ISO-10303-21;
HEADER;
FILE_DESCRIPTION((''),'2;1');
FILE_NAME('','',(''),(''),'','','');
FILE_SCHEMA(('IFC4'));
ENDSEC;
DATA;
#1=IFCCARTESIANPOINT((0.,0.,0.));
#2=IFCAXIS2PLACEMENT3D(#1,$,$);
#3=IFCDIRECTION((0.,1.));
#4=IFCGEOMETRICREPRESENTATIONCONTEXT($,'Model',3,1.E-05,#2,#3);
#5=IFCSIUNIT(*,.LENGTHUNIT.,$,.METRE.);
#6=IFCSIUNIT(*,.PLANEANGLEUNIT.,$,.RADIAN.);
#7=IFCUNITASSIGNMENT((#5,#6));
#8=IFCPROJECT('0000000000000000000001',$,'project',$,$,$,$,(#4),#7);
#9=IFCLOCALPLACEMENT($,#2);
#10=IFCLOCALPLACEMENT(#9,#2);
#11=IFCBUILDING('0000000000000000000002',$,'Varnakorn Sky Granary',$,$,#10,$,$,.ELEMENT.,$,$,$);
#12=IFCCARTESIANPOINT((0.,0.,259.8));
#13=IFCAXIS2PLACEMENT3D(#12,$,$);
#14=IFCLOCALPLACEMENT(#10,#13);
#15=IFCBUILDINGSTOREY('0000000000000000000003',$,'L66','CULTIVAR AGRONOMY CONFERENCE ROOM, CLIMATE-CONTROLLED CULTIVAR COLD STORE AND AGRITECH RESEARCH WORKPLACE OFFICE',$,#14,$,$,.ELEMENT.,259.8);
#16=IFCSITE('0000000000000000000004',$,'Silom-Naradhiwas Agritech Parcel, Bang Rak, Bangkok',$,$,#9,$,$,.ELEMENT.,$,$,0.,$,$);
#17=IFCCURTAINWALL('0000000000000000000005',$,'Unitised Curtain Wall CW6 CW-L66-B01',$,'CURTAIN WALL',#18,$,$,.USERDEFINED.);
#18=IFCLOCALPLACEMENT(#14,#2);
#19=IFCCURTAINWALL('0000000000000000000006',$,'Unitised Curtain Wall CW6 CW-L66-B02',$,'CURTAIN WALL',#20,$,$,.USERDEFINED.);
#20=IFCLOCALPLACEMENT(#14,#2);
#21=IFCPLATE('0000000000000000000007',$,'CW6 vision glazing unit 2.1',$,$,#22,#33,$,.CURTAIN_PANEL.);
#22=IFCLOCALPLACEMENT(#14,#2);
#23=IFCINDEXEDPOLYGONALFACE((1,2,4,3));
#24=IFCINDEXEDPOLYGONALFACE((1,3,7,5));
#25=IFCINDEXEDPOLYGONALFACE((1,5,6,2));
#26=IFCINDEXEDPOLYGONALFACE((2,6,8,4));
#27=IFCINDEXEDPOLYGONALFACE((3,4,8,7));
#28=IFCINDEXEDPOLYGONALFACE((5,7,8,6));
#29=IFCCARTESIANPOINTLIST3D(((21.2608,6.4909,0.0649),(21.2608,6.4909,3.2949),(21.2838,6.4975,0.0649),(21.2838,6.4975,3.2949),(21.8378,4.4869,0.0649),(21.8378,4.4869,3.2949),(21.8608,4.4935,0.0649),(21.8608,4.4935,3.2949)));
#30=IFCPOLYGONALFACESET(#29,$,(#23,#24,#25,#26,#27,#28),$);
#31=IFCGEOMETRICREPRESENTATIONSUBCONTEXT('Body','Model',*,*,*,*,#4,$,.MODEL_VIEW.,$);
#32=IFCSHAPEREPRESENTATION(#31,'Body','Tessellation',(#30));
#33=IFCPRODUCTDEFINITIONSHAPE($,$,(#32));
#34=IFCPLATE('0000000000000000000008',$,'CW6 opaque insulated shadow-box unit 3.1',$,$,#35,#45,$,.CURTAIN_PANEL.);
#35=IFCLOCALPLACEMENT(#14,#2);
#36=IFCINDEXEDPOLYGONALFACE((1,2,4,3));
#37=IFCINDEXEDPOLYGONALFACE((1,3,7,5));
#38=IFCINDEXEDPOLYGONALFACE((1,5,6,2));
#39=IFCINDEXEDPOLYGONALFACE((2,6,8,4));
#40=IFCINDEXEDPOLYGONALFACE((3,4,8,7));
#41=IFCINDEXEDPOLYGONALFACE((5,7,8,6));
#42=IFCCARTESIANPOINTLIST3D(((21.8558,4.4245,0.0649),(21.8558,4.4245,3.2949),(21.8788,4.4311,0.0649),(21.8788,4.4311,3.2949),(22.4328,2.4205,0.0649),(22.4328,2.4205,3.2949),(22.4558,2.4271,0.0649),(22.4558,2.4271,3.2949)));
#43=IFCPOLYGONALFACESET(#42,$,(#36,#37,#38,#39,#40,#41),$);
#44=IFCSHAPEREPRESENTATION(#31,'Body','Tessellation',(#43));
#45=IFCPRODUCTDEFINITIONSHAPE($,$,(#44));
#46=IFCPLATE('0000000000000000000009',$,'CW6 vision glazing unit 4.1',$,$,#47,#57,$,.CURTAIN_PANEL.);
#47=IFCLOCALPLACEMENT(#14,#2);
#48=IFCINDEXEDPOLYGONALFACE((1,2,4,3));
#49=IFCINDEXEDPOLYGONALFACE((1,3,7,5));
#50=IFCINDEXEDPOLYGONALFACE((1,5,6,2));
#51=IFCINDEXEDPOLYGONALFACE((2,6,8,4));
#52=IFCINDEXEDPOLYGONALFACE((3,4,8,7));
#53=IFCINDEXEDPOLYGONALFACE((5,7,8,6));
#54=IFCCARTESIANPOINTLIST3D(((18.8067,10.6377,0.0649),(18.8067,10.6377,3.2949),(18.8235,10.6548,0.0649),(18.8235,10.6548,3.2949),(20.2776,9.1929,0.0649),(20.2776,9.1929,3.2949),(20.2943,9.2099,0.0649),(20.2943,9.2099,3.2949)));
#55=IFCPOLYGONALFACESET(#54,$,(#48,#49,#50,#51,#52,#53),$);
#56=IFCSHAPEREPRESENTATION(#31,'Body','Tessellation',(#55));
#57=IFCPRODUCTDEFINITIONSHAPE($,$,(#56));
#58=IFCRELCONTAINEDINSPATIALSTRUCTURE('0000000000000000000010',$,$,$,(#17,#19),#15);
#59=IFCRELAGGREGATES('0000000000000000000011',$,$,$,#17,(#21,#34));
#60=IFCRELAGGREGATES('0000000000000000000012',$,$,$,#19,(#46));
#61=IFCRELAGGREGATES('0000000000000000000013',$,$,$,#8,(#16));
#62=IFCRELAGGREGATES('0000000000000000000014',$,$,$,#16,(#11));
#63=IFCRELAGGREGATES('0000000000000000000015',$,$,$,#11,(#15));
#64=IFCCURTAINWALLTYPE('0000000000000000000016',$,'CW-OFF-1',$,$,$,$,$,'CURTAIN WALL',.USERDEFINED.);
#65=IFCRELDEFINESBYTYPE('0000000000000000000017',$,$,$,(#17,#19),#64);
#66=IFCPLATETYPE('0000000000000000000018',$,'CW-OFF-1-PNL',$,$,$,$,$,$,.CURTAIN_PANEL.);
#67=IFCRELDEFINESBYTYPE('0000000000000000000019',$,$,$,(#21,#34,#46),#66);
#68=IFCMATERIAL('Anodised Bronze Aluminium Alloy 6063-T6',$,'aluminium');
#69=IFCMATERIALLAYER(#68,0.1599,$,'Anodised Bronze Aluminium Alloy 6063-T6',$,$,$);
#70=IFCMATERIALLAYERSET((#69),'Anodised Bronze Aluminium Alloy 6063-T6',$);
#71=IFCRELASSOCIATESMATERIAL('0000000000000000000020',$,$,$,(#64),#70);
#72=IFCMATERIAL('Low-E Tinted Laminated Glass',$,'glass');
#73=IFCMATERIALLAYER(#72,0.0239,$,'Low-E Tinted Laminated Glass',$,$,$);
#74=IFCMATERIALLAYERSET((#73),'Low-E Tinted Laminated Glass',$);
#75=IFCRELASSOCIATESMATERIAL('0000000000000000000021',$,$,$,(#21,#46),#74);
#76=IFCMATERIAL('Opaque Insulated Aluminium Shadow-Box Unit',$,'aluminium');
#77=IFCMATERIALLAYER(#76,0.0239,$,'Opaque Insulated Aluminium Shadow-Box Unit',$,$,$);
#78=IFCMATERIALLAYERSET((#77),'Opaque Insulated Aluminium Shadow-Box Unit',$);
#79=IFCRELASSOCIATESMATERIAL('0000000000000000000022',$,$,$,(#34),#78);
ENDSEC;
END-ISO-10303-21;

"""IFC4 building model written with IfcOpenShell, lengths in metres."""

from ifc_helpers import new_model, si_unit, direction, frame, origin, origin_2d, place, context, subcontext, project, spatial, rectangle, extrude, source, transform, mapped, material, layer, layer_set, type_object, element, aggregate, save


model = new_model("IFC4")

# Units and contexts
model_context = context("Model", 3, precision=1e-05, world=origin(), true_north=direction((0.0, 1.0)))
body_context = subcontext(model_context, "Body", "Model", "MODEL_VIEW")
ifc_project = project(units=[si_unit("LENGTHUNIT", "METRE"), si_unit("PLANEANGLEUNIT", "RADIAN")], contexts=[model_context])

# Site, building, storey
site_placement = place(None, origin())
site = spatial("IfcSite", under=ifc_project, at=site_placement, Name="Silom-Naradhiwas Agritech Parcel, Bang Rak, Bangkok", CompositionType="ELEMENT", RefElevation=0.0)
building_placement = place(site_placement, origin())
building = spatial("IfcBuilding", under=site, at=building_placement, Name="Varnakorn Sky Granary", CompositionType="ELEMENT")
storey_placement = place(building_placement, frame((0.0, 0.0, 259.8)))
storey = spatial("IfcBuildingStorey", under=building, at=storey_placement, Name="L66", Description="CULTIVAR AGRONOMY CONFERENCE ROOM, CLIMATE-CONTROLLED CULTIVAR COLD STORE AND AGRITECH RESEARCH WORKPLACE OFFICE", CompositionType="ELEMENT", Elevation=259.8)

# Curtain wall
ifc_material_1 = material(Name="Anodised Bronze Aluminium Alloy 6063-T6", Category="aluminium")
ifc_layer_1 = layer(ifc_material_1, 0.1599, Name="Anodised Bronze Aluminium Alloy 6063-T6")
ifc_layer_set_1 = layer_set([ifc_layer_1], Name="Anodised Bronze Aluminium Alloy 6063-T6")
curtain_wall_type = type_object("IfcCurtainWallType", Name="CW-OFF-1", ElementType="CURTAIN WALL", PredefinedType="USERDEFINED", material=ifc_layer_set_1)
curtain_wall_1_placement = place(storey_placement, origin())
curtain_wall_1 = element("IfcCurtainWall", 1, at=curtain_wall_1_placement, inside=storey, type_object=curtain_wall_type, Name="Unitised Curtain Wall CW6 CW-L66-B01", ObjectType="CURTAIN WALL", PredefinedType="USERDEFINED")

# Curtain wall
curtain_wall_2_placement = place(storey_placement, origin())
curtain_wall_2 = element("IfcCurtainWall", 2, at=curtain_wall_2_placement, inside=storey, type_object=curtain_wall_type, Name="Unitised Curtain Wall CW6 CW-L66-B02", ObjectType="CURTAIN WALL", PredefinedType="USERDEFINED")

# Plates
ifc_material_2 = material(Name="Low-E Tinted Laminated Glass", Category="glass")
ifc_layer_2 = layer(ifc_material_2, 0.0239, Name="Low-E Tinted Laminated Glass")
ifc_layer_set_2 = layer_set([ifc_layer_2], Name="Low-E Tinted Laminated Glass")
plate_type = type_object("IfcPlateType", Name="CW-OFF-1-PNL", PredefinedType="CURTAIN_PANEL")
ifc_material_3 = material(Name="Opaque Insulated Aluminium Shadow-Box Unit", Category="aluminium")
ifc_layer_3 = layer(ifc_material_3, 0.0239, Name="Opaque Insulated Aluminium Shadow-Box Unit")
ifc_layer_set_3 = layer_set([ifc_layer_3], Name="Opaque Insulated Aluminium Shadow-Box Unit")
shared_shape_1 = source(origin(), body_context, "Body", "SweptSolid", [
    extrude(rectangle(XDim=2.0854, YDim=0.0239, at=origin_2d()), origin(), (0.0, 0.0, 1.0), 3.23),
])
plate_1_placement = place(storey_placement, frame((21.5608, 5.4922, 0.0649), z_axis=(0.0, 0.0, 1.0), x_axis=(0.276677, -0.960963, 0.0)))
plate_1 = element("IfcPlate", 3, at=plate_1_placement, type_object=plate_type, material=ifc_layer_set_2, Name="CW6 vision glazing unit 2.1", PredefinedType="CURTAIN_PANEL", context=body_context, shape_type="MappedRepresentation", body=[
    mapped(shared_shape_1, transform((0.0, 0.0, 0.0), x_axis=(1.0, 0.0, 0.0), y_axis=(0.0, 1.0, 0.0), z_axis=(0.0, 0.0, 1.0), scale=1.0)),
])
plate_2_placement = place(storey_placement, frame((22.1558, 3.4258, 0.0649), z_axis=(0.0, 0.0, 1.0), x_axis=(0.276677, -0.960963, 0.0)))
plate_2 = element("IfcPlate", 4, at=plate_2_placement, type_object=plate_type, material=ifc_layer_set_3, Name="CW6 opaque insulated shadow-box unit 3.1", PredefinedType="CURTAIN_PANEL", context=body_context, shape_type="MappedRepresentation", body=[
    mapped(shared_shape_1, transform((0.0, 0.0, 0.0), x_axis=(1.0, 0.0, 0.0), y_axis=(0.0, 1.0, 0.0), z_axis=(0.0, 0.0, 1.0), scale=1.0)),
])
aggregate(curtain_wall_1, [plate_1, plate_2])
shared_shape_2 = source(origin(), body_context, "Body", "SweptSolid", [
    extrude(rectangle(XDim=2.0618, YDim=0.0239, at=origin_2d()), origin(), (0.0, 0.0, 1.0), 3.23),
])
plate_3_placement = place(storey_placement, frame((19.5505, 9.9238, 0.0649), z_axis=(0.0, 0.0, 1.0), x_axis=(0.713383, -0.700774, 0.0)))
plate_3 = element("IfcPlate", 5, at=plate_3_placement, type_object=plate_type, material=ifc_layer_set_2, Name="CW6 vision glazing unit 4.1", PredefinedType="CURTAIN_PANEL", context=body_context, shape_type="MappedRepresentation", body=[
    mapped(shared_shape_2, transform((0.0, 0.0, 0.0), x_axis=(1.0, 0.0, 0.0), y_axis=(0.0, 1.0, 0.0), z_axis=(0.0, 0.0, 1.0), scale=1.0)),
])
aggregate(curtain_wall_2, [plate_3])

save(model, "model.ifc")
